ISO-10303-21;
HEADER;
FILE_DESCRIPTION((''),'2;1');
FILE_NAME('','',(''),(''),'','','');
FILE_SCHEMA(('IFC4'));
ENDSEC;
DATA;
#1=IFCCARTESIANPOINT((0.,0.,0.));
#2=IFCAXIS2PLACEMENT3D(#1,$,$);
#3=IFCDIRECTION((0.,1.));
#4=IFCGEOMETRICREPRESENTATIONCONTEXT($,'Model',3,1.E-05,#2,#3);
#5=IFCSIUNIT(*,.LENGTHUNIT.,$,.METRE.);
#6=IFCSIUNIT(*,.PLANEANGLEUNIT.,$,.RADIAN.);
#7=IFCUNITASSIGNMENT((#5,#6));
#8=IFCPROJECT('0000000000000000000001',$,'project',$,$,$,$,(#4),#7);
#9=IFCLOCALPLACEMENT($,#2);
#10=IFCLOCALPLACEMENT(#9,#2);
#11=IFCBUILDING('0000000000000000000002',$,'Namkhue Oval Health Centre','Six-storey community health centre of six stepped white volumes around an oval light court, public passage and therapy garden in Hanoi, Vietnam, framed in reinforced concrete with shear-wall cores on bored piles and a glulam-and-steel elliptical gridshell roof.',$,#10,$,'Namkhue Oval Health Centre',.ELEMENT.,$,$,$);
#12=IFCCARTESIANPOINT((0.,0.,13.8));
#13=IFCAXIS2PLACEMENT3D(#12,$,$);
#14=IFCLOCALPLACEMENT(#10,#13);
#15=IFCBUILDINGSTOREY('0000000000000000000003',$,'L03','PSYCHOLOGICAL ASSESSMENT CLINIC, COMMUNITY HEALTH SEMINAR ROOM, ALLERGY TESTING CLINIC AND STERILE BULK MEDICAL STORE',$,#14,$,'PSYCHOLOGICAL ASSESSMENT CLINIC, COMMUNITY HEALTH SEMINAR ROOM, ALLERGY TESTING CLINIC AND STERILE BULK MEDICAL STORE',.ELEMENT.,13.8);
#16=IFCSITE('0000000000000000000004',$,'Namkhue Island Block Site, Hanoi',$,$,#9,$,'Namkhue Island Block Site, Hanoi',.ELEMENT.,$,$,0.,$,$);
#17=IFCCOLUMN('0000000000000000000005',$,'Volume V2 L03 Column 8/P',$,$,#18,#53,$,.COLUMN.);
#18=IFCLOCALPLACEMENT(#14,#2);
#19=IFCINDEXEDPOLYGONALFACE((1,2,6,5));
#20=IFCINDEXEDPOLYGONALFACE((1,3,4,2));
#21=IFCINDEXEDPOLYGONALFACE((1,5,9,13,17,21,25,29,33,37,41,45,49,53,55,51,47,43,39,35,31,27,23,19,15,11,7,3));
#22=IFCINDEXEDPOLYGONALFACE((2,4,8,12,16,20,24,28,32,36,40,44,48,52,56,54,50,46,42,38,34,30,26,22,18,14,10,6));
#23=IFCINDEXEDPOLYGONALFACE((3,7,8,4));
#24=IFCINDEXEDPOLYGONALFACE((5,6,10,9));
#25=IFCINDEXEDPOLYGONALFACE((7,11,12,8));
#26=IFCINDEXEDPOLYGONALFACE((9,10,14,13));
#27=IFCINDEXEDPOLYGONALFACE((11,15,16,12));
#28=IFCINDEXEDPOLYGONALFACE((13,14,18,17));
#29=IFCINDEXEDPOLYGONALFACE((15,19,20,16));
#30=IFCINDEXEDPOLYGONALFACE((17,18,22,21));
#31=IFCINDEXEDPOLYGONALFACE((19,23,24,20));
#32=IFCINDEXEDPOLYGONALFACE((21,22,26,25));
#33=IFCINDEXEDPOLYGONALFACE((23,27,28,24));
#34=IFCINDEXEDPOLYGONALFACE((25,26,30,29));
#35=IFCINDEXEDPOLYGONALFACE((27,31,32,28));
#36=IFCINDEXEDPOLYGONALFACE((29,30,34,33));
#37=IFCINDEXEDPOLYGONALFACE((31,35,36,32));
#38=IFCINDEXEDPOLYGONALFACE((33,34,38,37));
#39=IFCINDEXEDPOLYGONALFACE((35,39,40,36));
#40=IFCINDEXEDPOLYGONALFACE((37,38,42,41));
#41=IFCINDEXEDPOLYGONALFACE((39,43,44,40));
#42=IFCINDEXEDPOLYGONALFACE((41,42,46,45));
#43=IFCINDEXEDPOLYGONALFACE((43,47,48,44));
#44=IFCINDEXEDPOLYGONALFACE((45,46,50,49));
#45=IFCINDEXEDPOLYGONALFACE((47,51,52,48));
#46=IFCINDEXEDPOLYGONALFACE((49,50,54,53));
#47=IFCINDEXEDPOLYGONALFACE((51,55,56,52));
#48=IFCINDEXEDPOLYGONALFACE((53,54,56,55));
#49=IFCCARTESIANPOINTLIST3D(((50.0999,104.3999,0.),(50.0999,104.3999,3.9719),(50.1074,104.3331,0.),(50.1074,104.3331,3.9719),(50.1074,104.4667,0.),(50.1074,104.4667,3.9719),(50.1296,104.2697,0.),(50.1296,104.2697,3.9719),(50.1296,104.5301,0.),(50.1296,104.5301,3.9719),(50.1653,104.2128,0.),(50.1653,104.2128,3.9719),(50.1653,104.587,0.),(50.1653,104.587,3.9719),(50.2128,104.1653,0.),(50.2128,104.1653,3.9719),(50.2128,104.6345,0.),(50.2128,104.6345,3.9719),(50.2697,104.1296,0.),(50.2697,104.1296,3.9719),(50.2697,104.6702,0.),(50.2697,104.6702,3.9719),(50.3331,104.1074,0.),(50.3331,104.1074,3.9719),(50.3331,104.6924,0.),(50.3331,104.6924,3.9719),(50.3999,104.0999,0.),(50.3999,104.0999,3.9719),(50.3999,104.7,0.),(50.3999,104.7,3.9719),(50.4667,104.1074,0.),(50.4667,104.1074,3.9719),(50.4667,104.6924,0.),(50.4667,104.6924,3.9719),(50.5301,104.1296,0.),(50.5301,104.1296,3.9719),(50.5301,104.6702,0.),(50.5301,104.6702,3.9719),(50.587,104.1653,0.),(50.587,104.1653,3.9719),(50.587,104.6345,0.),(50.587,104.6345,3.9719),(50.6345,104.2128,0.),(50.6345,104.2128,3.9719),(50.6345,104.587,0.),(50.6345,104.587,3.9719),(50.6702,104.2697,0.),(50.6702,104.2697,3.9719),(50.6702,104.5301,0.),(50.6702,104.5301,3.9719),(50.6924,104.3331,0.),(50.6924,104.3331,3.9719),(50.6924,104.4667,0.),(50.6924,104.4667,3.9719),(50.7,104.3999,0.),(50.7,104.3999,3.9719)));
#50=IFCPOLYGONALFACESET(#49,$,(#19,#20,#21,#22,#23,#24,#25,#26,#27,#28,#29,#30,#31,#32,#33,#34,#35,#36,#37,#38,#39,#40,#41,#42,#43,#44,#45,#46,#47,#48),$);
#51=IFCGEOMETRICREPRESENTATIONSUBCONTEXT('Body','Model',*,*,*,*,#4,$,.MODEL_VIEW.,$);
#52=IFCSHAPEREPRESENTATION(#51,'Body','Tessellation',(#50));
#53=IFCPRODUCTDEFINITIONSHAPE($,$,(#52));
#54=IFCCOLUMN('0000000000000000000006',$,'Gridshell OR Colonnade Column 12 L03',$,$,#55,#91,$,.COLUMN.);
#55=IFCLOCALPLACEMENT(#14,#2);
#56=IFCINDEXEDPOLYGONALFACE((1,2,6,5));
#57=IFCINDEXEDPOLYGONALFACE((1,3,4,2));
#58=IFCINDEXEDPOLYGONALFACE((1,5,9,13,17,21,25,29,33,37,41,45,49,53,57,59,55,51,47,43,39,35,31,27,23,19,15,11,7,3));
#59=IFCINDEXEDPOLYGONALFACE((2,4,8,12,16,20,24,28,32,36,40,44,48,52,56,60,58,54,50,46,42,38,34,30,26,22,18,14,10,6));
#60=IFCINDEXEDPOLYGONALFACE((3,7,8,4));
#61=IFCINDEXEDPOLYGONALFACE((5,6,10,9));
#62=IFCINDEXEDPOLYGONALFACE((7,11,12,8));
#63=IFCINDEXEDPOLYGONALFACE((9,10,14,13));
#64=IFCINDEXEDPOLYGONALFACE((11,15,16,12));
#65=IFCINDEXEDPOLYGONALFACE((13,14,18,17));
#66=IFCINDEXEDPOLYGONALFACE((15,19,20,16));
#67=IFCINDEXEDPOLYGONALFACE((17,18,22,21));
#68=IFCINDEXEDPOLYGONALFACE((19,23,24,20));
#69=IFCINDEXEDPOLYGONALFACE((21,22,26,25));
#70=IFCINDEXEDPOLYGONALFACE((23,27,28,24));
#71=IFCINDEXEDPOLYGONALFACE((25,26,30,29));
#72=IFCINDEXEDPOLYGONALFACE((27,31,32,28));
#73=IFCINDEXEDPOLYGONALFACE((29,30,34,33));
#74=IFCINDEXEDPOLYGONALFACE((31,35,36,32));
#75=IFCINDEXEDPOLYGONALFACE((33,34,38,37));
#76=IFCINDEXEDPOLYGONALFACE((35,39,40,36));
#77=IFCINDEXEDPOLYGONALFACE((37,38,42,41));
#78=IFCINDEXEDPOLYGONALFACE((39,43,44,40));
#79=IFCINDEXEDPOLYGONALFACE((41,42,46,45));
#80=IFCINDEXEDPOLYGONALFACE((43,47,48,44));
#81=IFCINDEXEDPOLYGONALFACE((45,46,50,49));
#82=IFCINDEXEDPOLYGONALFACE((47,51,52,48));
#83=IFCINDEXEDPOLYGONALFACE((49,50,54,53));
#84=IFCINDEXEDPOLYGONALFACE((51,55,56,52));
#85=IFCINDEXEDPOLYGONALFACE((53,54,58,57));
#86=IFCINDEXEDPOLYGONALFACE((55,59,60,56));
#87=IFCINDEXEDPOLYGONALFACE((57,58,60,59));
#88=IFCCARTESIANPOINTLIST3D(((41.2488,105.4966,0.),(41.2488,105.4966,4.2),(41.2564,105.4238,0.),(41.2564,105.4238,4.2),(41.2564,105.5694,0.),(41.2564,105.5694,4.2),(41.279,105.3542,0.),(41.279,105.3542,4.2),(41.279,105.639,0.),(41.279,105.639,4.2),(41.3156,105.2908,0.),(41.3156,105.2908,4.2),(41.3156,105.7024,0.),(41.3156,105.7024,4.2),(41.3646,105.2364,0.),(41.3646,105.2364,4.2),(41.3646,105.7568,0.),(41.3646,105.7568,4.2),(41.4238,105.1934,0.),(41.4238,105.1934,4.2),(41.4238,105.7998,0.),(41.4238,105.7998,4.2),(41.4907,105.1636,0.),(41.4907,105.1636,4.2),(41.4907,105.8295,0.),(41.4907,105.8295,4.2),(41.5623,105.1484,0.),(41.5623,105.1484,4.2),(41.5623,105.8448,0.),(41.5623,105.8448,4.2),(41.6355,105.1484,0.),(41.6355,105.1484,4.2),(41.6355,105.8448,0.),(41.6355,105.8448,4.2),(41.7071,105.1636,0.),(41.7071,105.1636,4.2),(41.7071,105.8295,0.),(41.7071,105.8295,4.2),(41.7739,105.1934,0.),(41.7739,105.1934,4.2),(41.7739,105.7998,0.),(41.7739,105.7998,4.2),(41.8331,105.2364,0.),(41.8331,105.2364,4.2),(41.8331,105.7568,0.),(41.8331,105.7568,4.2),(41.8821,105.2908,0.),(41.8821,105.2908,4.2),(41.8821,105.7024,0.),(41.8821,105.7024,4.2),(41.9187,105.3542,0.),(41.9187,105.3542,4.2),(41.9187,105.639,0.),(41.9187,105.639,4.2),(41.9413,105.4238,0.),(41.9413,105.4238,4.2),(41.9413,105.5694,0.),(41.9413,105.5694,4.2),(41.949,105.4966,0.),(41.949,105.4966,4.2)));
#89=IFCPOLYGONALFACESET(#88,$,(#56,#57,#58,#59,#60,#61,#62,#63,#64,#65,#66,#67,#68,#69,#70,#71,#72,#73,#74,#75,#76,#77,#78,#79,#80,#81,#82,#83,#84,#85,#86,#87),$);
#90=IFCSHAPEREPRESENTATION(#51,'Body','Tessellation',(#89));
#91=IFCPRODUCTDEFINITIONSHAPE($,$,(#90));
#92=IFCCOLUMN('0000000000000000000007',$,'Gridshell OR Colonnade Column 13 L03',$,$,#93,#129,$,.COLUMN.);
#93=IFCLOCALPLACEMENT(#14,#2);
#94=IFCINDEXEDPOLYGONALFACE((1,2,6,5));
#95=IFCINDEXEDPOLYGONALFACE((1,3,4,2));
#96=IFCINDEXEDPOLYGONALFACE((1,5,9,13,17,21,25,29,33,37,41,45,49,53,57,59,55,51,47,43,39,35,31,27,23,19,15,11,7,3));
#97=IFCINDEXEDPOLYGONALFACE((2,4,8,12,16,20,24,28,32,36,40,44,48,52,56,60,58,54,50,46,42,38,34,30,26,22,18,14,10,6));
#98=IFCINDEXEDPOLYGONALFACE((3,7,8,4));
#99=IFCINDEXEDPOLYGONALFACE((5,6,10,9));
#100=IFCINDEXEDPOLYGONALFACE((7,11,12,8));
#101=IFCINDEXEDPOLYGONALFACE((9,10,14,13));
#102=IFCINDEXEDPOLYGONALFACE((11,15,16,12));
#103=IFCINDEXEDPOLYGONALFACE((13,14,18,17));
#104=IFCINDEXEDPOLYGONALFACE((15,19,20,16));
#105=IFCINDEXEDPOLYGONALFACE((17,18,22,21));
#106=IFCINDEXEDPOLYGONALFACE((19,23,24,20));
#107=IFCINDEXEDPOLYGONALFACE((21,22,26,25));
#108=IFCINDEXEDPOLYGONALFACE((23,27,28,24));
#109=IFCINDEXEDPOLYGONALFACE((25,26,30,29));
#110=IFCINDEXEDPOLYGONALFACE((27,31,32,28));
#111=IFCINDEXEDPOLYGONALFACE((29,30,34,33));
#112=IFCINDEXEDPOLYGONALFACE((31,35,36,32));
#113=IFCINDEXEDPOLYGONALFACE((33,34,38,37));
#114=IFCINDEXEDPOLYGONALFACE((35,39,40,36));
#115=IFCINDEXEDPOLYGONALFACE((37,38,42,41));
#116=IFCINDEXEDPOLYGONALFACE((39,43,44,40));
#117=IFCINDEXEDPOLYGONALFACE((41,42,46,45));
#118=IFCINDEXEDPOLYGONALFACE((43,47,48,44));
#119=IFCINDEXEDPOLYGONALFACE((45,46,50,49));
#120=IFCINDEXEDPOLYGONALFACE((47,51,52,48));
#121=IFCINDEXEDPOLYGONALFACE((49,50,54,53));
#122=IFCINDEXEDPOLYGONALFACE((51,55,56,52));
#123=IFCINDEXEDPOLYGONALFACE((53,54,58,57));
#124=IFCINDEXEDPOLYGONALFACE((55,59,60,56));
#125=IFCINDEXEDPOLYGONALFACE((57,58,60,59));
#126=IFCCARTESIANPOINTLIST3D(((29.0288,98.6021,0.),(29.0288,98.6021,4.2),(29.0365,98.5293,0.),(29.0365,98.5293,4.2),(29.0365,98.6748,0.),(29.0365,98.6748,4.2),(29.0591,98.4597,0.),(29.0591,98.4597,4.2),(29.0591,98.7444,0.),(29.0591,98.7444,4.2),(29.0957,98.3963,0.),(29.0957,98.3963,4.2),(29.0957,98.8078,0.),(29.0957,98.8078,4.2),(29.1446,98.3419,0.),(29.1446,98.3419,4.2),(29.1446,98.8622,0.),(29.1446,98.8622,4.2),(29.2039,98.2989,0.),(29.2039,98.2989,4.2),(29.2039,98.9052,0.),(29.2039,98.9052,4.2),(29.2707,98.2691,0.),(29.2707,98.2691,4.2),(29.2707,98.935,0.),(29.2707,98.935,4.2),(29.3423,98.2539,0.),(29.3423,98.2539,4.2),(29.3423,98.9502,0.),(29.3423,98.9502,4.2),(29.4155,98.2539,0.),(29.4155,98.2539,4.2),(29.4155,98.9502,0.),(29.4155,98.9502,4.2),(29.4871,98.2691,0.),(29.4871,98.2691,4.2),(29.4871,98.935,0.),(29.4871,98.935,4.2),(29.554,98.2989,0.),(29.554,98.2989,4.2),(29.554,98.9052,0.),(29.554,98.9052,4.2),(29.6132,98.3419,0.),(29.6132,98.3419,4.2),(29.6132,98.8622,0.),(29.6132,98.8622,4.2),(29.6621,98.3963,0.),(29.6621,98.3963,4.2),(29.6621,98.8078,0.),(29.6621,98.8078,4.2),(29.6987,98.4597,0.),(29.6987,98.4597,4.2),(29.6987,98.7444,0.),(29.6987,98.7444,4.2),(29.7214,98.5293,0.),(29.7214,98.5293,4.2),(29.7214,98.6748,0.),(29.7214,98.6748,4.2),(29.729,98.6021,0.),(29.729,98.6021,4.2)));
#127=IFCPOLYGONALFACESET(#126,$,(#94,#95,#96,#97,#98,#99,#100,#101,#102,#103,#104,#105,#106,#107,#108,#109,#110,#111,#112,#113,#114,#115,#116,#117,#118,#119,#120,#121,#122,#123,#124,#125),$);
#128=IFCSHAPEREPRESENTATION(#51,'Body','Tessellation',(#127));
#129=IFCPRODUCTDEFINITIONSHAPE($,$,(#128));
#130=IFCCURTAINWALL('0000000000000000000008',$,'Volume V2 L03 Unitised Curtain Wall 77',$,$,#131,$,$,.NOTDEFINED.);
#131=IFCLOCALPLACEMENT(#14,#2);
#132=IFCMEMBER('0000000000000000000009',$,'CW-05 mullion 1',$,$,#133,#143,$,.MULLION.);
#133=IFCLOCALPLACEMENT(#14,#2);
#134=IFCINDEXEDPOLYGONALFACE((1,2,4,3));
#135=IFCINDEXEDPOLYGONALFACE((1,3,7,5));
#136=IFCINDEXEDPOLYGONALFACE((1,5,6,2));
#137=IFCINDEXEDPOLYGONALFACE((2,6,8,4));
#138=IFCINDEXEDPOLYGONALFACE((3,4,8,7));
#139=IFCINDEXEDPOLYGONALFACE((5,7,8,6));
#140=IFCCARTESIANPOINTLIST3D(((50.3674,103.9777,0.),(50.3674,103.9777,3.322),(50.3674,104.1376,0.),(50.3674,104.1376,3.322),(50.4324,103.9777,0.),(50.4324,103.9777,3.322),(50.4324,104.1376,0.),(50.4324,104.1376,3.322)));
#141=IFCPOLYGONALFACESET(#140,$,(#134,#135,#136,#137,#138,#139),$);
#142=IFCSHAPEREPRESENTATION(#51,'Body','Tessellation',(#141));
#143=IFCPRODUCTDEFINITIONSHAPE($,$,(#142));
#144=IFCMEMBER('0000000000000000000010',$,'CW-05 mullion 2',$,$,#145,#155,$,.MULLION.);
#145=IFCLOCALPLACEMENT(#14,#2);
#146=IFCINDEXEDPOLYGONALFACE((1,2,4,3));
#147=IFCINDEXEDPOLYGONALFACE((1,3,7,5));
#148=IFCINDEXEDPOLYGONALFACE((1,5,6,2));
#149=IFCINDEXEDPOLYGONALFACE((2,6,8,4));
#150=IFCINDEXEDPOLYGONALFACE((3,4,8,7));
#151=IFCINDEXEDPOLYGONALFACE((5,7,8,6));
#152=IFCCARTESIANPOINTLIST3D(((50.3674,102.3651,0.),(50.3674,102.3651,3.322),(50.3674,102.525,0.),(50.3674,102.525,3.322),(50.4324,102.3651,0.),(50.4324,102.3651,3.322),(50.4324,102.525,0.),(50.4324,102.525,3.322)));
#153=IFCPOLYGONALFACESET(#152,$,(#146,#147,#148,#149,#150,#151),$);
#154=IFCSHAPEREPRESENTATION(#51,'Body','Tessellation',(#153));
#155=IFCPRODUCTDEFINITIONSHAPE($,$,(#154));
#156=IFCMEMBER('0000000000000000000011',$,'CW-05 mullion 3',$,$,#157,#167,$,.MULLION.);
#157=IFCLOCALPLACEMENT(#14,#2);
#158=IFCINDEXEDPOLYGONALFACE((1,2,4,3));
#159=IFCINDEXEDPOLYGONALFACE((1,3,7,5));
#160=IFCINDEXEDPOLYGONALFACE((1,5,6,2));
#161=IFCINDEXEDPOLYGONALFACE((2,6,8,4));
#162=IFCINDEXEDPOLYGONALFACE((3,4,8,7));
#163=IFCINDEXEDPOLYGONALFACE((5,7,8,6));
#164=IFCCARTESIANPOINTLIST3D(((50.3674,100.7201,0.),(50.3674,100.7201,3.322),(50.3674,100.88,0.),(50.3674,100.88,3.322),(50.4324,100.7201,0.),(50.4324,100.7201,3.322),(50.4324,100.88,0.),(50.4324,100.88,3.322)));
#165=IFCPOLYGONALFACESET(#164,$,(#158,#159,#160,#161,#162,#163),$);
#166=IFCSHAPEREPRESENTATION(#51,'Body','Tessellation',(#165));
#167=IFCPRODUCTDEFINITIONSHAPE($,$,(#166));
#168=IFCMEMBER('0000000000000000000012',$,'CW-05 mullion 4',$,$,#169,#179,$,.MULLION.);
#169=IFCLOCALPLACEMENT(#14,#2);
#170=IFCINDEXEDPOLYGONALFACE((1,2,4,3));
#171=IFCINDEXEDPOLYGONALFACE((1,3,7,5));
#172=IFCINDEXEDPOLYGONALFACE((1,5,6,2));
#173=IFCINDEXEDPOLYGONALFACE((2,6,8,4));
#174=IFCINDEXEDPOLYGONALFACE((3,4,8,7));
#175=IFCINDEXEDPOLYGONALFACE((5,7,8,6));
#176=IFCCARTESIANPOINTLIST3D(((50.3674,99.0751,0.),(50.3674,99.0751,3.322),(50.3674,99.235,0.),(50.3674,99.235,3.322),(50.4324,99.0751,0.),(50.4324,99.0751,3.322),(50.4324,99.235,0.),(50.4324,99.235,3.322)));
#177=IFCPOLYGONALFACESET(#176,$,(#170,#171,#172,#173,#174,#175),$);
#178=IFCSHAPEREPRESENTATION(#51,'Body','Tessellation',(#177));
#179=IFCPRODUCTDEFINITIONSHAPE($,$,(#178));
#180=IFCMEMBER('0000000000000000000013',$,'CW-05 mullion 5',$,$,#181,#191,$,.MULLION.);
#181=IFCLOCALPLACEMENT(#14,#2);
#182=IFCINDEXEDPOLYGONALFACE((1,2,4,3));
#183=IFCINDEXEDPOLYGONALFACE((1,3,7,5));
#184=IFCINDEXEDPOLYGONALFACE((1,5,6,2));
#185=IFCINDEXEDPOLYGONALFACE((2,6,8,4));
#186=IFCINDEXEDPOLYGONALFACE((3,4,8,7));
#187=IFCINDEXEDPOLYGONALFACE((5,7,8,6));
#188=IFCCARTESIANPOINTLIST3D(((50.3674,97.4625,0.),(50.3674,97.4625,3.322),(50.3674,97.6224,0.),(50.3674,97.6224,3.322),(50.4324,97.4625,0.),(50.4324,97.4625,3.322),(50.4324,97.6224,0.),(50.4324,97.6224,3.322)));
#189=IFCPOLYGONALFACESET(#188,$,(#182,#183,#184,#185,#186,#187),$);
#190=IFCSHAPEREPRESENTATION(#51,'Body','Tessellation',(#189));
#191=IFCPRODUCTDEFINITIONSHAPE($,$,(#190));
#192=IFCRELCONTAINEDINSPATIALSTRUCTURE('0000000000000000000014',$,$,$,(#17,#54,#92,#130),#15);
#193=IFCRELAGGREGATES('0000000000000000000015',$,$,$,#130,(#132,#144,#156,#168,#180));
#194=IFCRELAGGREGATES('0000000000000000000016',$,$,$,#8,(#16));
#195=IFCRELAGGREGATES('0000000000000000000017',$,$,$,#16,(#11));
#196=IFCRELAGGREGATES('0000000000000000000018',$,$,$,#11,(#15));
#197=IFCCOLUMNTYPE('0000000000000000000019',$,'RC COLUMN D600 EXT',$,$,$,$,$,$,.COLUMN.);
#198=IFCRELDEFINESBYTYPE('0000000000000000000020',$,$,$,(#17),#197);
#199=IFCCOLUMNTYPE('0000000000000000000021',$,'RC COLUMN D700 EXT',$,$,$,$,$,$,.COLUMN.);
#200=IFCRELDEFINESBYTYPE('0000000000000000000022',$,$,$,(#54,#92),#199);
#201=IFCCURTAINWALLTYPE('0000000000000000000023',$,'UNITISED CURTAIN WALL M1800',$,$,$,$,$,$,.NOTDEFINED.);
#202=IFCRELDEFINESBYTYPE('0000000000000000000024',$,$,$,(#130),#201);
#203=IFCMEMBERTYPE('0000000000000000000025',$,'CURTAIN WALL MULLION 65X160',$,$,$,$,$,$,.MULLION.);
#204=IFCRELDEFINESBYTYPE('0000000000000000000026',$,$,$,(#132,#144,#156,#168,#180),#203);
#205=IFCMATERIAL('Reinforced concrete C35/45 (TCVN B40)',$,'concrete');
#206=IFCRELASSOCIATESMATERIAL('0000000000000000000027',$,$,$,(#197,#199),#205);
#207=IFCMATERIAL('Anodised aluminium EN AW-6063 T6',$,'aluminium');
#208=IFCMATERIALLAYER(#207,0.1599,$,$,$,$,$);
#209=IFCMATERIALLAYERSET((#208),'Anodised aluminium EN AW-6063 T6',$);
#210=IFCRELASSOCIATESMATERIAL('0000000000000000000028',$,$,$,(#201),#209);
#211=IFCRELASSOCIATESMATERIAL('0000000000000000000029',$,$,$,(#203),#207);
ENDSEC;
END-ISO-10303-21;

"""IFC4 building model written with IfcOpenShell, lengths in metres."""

from ifc_helpers import new_model, si_unit, direction, frame, origin, origin_2d, place, context, subcontext, project, spatial, rectangle, circle, extrude, material, layer, layer_set, material_profile, profile_set, type_object, element, aggregate, save


model = new_model("IFC4")

# Units and contexts
model_context = context("Model", 3, precision=1e-05, world=origin(), true_north=direction((0.0, 1.0)))
body_context = subcontext(model_context, "Body", "Model", "MODEL_VIEW")
ifc_project = project(units=[si_unit("LENGTHUNIT", "METRE"), si_unit("PLANEANGLEUNIT", "RADIAN")], contexts=[model_context])

# Site, building, storey
site_placement = place(None, origin())
site = spatial("IfcSite", under=ifc_project, at=site_placement, Name="Namkhue Island Block Site, Hanoi", LongName="Namkhue Island Block Site, Hanoi", CompositionType="ELEMENT", RefElevation=0.0)
building_placement = place(site_placement, origin())
building = spatial("IfcBuilding", under=site, at=building_placement, Name="Namkhue Oval Health Centre", Description="Six-storey community health centre of six stepped white volumes around an oval light court, public passage and therapy garden in Hanoi, Vietnam, framed in reinforced concrete with shear-wall cores on bored piles and a glulam-and-steel elliptical gridshell roof.", LongName="Namkhue Oval Health Centre", CompositionType="ELEMENT")
storey_placement = place(building_placement, frame((0.0, 0.0, 13.8)))
storey = spatial("IfcBuildingStorey", under=building, at=storey_placement, Name="L03", Description="PSYCHOLOGICAL ASSESSMENT CLINIC, COMMUNITY HEALTH SEMINAR ROOM, ALLERGY TESTING CLINIC AND STERILE BULK MEDICAL STORE", LongName="PSYCHOLOGICAL ASSESSMENT CLINIC, COMMUNITY HEALTH SEMINAR ROOM, ALLERGY TESTING CLINIC AND STERILE BULK MEDICAL STORE", CompositionType="ELEMENT", Elevation=13.8)

# Columns
ifc_material_1 = material(Name="Reinforced concrete C35/45 (TCVN B40)", Category="concrete")
ifc_material_profile_1 = material_profile(ifc_material_1, circle(Radius=0.3, at=origin_2d()), Name="RC D600")
ifc_profile_set_1 = profile_set([ifc_material_profile_1], Name="Reinforced concrete C35/45 (TCVN B40)")
column_type_1 = type_object("IfcColumnType", Name="RC COLUMN D600 EXT", PredefinedType="COLUMN", material=ifc_profile_set_1)
column_placement = place(storey_placement, frame((50.3999, 104.3999, 0.0), z_axis=(0.0, 0.0, 1.0), x_axis=(1.0, 0.0, 0.0)))
element("IfcColumn", 1, at=column_placement, inside=storey, type_object=column_type_1, Name="Volume V2 L03 Column 8/P", PredefinedType="COLUMN", context=body_context, shape_type="SweptSolid", body=[
    extrude(circle(Radius=0.3, at=origin_2d()), origin(), (0.0, 0.0, 1.0), 3.9719),
])
ifc_material_profile_2 = material_profile(ifc_material_1, circle(Radius=0.3501, at=origin_2d()), Name="RC D700")
ifc_profile_set_2 = profile_set([ifc_material_profile_2], Name="Reinforced concrete C35/45 (TCVN B40)")
column_type_2 = type_object("IfcColumnType", Name="RC COLUMN D700 EXT", PredefinedType="COLUMN", material=ifc_profile_set_2)
for number, where, z_axis, x_axis, name in (
    (2, (41.5989, 105.4966, 0.0), (0.0, 0.0, 1.0), (1.0, 0.0, 0.0), "Gridshell OR Colonnade Column 12 L03"),
    (3, (29.3789, 98.6021, 0.0), (0.0, 0.0, 1.0), (1.0, 0.0, 0.0), "Gridshell OR Colonnade Column 13 L03"),
):
    element("IfcColumn", number, at=place(storey_placement, frame(where, z_axis=z_axis, x_axis=x_axis)), inside=storey, type_object=column_type_2, Name=name, PredefinedType="COLUMN", context=body_context, shape_type="SweptSolid", body=[
        extrude(circle(Radius=0.3501, at=origin_2d()), origin(), (0.0, 0.0, 1.0), 4.2),
    ])

# Curtain wall, members
ifc_material_2 = material(Name="Anodised aluminium EN AW-6063 T6", Category="aluminium")
ifc_layer_1 = layer(ifc_material_2, 0.1599)
ifc_layer_set_1 = layer_set([ifc_layer_1], Name="Anodised aluminium EN AW-6063 T6")
curtain_wall_type = type_object("IfcCurtainWallType", Name="UNITISED CURTAIN WALL M1800", PredefinedType="NOTDEFINED", material=ifc_layer_set_1)
curtain_wall_placement = place(storey_placement, origin())
curtain_wall = element("IfcCurtainWall", 4, at=curtain_wall_placement, inside=storey, type_object=curtain_wall_type, Name="Volume V2 L03 Unitised Curtain Wall 77", PredefinedType="NOTDEFINED")
ifc_material_profile_3 = material_profile(ifc_material_2, rectangle(XDim=0.0649, YDim=0.1599, at=origin_2d()), Name="ALU 65x160")
ifc_profile_set_3 = profile_set([ifc_material_profile_3], Name="Anodised aluminium EN AW-6063 T6")
member_type_1 = type_object("IfcMemberType", Name="CURTAIN WALL MULLION 65X160", PredefinedType="MULLION", material=ifc_profile_set_3)
member_1_placement = place(storey_placement, frame((50.3999, 104.0576, 0.0), z_axis=(0.0, 0.0, 1.0), x_axis=(1.0, 0.0, 0.0)))
member_1 = element("IfcMember", 5, at=member_1_placement, type_object=member_type_1, Name="CW-05 mullion 1", PredefinedType="MULLION", context=body_context, shape_type="SweptSolid", body=[
    extrude(rectangle(XDim=0.0649, YDim=0.1599, at=origin_2d()), origin(), (0.0, 0.0, 1.0), 3.322),
])
member_2_placement = place(storey_placement, frame((50.3999, 102.4451, 0.0), z_axis=(0.0, 0.0, 1.0), x_axis=(1.0, 0.0, 0.0)))
member_2 = element("IfcMember", 6, at=member_2_placement, type_object=member_type_1, Name="CW-05 mullion 2", PredefinedType="MULLION", context=body_context, shape_type="SweptSolid", body=[
    extrude(rectangle(XDim=0.0649, YDim=0.1599, at=origin_2d()), origin(), (0.0, 0.0, 1.0), 3.322),
])
member_3_placement = place(storey_placement, frame((50.3999, 100.8, 0.0), z_axis=(0.0, 0.0, 1.0), x_axis=(1.0, 0.0, 0.0)))
member_3 = element("IfcMember", 7, at=member_3_placement, type_object=member_type_1, Name="CW-05 mullion 3", PredefinedType="MULLION", context=body_context, shape_type="SweptSolid", body=[
    extrude(rectangle(XDim=0.0649, YDim=0.1599, at=origin_2d()), origin(), (0.0, 0.0, 1.0), 3.322),
])
member_4_placement = place(storey_placement, frame((50.3999, 99.155, 0.0), z_axis=(0.0, 0.0, 1.0), x_axis=(1.0, 0.0, 0.0)))
member_4 = element("IfcMember", 8, at=member_4_placement, type_object=member_type_1, Name="CW-05 mullion 4", PredefinedType="MULLION", context=body_context, shape_type="SweptSolid", body=[
    extrude(rectangle(XDim=0.0649, YDim=0.1599, at=origin_2d()), origin(), (0.0, 0.0, 1.0), 3.322),
])
member_5_placement = place(storey_placement, frame((50.3999, 97.5425, 0.0), z_axis=(0.0, 0.0, 1.0), x_axis=(1.0, 0.0, 0.0)))
member_5 = element("IfcMember", 9, at=member_5_placement, type_object=member_type_1, Name="CW-05 mullion 5", PredefinedType="MULLION", context=body_context, shape_type="SweptSolid", body=[
    extrude(rectangle(XDim=0.0649, YDim=0.1599, at=origin_2d()), origin(), (0.0, 0.0, 1.0), 3.322),
])

aggregate(curtain_wall, [member_1, member_2, member_3, member_4, member_5])

save(model, "model.ifc")
